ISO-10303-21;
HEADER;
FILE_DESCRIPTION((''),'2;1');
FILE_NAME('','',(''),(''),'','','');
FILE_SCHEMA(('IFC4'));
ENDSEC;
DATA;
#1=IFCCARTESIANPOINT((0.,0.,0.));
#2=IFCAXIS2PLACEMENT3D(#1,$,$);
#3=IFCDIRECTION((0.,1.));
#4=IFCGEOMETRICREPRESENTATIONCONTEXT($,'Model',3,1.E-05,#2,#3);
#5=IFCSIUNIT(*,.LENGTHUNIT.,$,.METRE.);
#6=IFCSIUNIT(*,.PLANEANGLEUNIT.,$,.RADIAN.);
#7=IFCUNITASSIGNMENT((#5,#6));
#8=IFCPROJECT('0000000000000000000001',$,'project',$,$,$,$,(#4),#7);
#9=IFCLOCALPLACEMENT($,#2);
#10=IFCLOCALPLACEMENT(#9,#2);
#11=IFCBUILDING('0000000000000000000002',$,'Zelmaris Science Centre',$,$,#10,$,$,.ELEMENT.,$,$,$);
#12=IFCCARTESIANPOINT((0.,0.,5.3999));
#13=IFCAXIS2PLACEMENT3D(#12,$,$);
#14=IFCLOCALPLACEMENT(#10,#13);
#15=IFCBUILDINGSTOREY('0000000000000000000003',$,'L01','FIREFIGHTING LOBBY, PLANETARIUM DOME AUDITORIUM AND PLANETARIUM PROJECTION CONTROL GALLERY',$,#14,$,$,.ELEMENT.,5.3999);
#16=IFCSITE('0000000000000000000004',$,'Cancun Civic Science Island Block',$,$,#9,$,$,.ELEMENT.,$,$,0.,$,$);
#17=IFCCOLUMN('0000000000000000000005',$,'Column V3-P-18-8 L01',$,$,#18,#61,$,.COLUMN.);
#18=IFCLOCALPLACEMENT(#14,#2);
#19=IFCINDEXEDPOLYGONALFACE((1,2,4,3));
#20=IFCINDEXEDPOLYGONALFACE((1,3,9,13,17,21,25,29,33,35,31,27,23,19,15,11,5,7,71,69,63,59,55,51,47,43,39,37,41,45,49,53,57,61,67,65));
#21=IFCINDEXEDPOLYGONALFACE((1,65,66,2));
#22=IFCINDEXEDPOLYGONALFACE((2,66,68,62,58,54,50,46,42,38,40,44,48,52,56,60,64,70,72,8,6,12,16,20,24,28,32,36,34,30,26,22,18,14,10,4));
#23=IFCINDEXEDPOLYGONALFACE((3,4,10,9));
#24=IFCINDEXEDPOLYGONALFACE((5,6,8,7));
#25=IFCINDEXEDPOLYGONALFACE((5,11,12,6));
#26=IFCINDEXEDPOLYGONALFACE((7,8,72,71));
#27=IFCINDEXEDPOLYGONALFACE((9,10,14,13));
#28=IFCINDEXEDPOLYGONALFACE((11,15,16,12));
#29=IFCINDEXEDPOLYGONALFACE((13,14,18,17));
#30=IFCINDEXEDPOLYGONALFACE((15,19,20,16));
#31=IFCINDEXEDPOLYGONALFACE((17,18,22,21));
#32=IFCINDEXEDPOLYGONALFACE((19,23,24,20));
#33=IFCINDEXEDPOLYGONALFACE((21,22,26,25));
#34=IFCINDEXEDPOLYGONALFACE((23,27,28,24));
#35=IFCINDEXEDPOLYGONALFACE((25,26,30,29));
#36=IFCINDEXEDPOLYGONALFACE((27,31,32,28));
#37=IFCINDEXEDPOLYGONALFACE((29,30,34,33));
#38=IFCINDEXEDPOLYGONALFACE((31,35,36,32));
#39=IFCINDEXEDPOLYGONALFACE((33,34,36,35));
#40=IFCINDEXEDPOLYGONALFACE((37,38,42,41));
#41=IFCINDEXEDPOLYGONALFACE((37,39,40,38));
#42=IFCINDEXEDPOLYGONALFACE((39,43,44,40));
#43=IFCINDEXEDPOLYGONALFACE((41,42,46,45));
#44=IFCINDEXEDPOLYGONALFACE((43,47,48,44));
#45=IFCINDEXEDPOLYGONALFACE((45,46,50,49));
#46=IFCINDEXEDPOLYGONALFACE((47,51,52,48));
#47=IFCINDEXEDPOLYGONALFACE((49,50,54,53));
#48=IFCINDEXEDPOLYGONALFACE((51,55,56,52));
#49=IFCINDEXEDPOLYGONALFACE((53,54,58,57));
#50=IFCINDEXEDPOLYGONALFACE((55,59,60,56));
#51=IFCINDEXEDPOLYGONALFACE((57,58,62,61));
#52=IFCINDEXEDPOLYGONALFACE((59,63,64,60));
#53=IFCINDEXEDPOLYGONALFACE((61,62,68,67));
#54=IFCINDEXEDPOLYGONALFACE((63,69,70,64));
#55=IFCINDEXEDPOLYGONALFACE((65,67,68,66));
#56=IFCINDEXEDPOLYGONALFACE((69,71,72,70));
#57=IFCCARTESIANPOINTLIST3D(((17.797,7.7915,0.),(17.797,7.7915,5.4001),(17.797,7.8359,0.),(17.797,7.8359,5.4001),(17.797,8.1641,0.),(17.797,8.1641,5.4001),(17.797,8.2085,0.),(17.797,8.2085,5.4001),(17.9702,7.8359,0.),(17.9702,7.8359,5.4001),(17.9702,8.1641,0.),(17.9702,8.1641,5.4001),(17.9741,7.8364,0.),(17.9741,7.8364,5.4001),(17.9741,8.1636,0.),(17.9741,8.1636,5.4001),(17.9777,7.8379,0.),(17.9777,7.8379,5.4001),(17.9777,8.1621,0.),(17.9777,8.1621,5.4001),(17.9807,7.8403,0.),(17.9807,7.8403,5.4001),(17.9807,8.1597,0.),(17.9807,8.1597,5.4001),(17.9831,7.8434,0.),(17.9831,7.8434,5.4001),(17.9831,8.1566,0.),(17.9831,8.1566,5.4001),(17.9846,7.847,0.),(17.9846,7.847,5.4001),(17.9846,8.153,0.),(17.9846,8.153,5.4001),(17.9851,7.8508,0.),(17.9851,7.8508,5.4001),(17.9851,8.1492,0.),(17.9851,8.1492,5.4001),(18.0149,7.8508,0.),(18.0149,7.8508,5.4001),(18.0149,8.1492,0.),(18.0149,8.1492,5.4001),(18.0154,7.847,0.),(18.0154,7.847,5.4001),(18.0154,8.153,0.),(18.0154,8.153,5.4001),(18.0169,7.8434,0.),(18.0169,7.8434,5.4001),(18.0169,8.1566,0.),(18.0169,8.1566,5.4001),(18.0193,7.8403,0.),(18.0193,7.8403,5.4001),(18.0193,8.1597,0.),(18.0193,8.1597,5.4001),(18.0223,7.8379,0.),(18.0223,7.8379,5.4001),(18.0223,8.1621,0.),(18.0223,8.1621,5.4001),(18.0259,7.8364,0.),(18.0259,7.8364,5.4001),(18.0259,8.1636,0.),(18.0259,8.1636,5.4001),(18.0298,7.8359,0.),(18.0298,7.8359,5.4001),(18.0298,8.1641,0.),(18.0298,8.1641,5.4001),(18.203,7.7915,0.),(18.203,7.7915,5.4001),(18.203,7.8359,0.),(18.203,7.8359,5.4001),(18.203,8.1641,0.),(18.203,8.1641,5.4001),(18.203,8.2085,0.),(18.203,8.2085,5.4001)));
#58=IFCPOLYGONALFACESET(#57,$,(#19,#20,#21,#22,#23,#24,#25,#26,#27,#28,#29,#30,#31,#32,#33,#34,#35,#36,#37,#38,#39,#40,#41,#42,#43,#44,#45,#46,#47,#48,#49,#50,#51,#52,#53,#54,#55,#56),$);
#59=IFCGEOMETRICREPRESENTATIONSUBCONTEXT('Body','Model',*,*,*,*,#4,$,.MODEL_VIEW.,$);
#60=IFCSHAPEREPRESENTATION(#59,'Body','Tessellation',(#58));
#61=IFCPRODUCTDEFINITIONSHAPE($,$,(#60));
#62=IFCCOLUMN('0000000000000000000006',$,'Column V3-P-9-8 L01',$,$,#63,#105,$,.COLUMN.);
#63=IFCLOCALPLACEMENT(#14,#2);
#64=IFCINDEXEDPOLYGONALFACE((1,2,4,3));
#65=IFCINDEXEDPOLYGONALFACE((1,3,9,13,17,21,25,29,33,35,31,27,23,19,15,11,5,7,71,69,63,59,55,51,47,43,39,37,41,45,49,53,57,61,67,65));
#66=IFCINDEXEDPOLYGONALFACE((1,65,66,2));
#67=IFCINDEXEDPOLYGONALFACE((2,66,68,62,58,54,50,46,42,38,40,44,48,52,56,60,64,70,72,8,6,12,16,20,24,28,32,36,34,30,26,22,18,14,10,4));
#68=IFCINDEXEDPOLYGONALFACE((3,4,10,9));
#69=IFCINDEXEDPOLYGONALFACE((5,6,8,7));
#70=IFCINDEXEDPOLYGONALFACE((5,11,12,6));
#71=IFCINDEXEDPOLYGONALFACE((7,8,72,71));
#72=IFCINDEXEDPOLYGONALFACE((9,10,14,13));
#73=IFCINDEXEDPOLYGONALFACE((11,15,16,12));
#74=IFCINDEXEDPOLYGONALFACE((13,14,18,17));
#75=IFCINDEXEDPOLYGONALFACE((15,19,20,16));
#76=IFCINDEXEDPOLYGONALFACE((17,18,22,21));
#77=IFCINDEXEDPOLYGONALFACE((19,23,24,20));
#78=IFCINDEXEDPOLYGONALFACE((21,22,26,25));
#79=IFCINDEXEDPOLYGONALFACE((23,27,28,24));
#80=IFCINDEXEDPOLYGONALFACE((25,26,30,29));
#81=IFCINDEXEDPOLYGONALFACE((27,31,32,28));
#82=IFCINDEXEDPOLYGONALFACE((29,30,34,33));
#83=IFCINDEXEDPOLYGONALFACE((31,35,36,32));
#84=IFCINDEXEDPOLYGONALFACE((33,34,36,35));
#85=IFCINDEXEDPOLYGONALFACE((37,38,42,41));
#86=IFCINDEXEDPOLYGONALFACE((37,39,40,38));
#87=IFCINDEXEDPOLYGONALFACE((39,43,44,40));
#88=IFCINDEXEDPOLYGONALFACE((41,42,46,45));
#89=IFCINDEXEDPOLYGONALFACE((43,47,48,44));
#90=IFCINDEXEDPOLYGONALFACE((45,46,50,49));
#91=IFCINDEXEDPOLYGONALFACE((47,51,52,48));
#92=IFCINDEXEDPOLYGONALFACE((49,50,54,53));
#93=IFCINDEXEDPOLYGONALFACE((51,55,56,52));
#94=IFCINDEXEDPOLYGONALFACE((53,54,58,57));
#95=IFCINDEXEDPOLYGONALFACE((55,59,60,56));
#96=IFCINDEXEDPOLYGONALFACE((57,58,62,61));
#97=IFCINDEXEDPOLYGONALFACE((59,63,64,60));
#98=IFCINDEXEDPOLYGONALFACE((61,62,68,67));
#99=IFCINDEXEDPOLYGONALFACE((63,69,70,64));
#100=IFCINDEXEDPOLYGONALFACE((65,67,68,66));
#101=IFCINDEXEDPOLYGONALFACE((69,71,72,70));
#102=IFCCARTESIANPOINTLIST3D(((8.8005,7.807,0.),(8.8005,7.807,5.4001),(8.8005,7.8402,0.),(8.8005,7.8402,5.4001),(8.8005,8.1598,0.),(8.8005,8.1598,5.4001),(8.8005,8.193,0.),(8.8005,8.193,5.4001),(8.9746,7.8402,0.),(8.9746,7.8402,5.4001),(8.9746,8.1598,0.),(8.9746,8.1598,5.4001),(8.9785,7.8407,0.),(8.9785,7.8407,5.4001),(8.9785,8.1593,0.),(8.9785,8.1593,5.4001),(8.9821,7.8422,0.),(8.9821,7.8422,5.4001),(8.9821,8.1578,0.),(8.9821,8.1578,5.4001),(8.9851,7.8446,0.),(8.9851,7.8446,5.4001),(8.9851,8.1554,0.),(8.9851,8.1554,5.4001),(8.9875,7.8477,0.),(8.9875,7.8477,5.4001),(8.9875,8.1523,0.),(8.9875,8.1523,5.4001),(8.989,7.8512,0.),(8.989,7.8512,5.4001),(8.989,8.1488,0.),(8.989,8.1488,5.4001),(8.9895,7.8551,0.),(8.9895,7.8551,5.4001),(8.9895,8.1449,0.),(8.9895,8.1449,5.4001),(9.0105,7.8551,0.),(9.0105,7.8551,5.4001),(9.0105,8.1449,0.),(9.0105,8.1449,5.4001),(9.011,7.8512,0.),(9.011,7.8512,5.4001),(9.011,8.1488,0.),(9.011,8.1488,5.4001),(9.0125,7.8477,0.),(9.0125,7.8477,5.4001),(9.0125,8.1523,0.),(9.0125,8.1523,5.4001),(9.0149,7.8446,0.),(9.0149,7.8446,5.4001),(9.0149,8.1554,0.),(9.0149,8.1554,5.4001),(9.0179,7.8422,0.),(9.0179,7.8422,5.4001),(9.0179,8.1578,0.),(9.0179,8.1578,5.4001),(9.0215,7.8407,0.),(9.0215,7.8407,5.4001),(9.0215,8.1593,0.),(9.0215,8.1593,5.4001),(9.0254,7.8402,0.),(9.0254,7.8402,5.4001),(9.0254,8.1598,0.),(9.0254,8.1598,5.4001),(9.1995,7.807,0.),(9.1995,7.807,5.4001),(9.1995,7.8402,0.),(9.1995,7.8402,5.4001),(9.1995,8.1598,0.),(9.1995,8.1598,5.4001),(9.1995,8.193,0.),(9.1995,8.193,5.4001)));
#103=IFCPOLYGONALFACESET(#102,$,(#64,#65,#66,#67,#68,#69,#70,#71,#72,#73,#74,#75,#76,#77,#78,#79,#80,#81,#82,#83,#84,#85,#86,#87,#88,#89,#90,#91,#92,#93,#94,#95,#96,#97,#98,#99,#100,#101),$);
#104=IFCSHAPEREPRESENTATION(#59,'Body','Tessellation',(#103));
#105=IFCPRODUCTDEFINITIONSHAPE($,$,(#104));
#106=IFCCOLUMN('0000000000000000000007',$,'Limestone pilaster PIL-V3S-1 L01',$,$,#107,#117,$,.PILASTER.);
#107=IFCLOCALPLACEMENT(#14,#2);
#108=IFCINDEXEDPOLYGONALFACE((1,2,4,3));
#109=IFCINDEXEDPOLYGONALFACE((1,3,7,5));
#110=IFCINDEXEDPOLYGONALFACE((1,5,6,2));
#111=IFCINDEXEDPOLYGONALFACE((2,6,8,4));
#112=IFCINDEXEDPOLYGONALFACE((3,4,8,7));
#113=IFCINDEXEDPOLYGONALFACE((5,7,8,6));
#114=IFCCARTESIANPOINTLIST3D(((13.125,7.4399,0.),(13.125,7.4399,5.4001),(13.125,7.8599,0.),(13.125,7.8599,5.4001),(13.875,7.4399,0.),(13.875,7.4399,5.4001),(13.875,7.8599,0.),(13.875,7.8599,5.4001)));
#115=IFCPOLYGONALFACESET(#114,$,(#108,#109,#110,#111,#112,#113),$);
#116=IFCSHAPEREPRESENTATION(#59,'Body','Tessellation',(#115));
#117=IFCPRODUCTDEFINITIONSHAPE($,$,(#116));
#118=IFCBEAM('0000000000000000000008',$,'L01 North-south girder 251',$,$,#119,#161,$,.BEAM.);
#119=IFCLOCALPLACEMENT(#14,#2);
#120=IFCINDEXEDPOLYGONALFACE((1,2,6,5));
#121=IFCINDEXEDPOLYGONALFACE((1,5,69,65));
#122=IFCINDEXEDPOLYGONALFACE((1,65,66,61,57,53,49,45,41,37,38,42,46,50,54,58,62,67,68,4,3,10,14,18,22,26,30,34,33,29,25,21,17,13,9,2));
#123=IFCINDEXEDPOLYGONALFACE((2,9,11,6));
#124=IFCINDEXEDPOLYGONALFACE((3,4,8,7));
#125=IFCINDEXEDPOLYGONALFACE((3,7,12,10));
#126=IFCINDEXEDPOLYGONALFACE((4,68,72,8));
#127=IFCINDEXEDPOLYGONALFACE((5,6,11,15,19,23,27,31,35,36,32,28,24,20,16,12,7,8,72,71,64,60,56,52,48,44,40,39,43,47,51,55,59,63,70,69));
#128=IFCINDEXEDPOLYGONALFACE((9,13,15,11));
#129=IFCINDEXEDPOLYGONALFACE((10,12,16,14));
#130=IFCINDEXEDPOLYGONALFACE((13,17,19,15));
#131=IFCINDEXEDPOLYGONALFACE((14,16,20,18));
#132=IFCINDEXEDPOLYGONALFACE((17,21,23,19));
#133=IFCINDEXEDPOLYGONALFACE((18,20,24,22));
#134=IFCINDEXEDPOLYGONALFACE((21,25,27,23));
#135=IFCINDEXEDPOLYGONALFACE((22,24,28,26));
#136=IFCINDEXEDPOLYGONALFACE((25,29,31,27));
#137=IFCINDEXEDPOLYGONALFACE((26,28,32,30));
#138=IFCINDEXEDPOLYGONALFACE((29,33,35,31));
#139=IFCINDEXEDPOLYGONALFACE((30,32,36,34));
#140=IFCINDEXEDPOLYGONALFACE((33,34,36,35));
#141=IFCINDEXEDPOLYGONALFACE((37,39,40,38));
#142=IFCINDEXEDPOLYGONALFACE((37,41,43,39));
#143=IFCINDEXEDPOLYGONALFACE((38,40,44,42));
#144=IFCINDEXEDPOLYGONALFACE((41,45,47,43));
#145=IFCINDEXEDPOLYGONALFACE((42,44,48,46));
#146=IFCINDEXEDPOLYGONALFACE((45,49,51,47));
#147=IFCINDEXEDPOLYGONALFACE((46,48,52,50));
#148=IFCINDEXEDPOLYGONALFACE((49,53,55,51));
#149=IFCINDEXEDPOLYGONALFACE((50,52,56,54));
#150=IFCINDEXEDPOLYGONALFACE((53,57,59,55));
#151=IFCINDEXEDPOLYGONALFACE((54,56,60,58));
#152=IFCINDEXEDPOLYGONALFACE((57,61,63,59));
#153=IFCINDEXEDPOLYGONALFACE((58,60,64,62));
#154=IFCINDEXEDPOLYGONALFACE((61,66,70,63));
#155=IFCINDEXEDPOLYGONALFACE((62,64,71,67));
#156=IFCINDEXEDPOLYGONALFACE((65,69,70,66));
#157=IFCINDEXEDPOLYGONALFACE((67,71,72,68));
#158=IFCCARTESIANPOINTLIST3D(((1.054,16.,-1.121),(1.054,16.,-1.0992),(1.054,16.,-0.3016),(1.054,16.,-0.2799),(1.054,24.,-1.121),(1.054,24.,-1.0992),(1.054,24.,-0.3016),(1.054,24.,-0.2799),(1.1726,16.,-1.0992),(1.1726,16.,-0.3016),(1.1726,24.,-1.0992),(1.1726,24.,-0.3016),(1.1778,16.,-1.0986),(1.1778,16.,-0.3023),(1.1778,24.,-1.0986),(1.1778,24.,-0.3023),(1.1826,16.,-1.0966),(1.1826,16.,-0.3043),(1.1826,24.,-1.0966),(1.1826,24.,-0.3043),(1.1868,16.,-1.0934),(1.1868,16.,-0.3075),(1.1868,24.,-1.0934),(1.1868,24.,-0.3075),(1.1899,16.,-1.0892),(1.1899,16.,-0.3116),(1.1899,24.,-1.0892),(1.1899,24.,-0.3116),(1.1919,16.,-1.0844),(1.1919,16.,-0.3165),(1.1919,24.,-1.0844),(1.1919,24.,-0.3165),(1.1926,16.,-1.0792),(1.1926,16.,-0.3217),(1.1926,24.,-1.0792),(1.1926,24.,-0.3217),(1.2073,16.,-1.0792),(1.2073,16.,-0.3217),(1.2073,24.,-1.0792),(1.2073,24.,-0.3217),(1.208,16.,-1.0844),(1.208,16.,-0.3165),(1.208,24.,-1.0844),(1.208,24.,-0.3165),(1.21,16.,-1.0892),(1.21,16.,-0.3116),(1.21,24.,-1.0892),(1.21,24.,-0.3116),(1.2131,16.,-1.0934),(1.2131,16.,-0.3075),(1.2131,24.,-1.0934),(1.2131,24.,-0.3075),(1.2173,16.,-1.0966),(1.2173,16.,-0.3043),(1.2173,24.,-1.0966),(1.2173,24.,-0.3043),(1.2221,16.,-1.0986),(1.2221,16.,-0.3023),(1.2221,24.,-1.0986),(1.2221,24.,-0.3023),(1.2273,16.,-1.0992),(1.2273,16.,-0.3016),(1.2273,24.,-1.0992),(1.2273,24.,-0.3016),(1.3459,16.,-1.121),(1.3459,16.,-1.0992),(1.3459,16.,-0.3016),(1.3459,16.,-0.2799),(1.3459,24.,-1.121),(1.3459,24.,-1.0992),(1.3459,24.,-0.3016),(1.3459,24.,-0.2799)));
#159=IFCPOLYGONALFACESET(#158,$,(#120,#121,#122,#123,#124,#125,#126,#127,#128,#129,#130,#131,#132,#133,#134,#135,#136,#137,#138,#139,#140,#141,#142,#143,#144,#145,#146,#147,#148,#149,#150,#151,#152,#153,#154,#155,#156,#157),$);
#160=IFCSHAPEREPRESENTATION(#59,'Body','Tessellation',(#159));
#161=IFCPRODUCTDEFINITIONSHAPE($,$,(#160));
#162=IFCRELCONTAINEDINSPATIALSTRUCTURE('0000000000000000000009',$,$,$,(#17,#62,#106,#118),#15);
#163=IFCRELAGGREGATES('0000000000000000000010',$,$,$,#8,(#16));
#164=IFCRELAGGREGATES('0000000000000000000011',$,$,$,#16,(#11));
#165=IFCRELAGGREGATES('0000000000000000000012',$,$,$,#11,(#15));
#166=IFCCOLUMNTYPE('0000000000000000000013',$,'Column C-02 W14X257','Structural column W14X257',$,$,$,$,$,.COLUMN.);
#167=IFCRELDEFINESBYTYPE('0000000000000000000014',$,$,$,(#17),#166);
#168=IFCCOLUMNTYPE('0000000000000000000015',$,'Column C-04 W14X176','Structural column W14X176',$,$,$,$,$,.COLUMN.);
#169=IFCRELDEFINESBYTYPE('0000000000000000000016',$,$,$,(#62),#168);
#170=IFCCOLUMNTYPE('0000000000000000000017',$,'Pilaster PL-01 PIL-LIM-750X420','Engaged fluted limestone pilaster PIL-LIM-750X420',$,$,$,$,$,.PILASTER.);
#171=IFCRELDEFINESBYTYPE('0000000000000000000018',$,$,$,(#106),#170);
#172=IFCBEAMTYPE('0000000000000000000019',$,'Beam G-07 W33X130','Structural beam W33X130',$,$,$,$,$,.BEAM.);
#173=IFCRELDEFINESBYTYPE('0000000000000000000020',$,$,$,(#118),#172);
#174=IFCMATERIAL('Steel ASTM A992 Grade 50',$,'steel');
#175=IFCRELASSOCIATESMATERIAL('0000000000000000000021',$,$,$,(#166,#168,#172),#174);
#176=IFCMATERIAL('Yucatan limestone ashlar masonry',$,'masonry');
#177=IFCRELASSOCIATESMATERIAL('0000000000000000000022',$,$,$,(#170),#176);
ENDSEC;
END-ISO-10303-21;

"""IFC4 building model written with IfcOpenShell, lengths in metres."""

from ifc_helpers import new_model, si_unit, direction, frame, origin, origin_2d, place, context, subcontext, project, spatial, rectangle, i_section, extrude, material, material_profile, profile_set, type_object, element, save


model = new_model("IFC4")

# Units and contexts
model_context = context("Model", 3, precision=1e-05, world=origin(), true_north=direction((0.0, 1.0)))
body_context = subcontext(model_context, "Body", "Model", "MODEL_VIEW")
ifc_project = project(units=[si_unit("LENGTHUNIT", "METRE"), si_unit("PLANEANGLEUNIT", "RADIAN")], contexts=[model_context])

# Site, building, storey
site_placement = place(None, origin())
site = spatial("IfcSite", under=ifc_project, at=site_placement, Name="Cancun Civic Science Island Block", CompositionType="ELEMENT", RefElevation=0.0)
building_placement = place(site_placement, origin())
building = spatial("IfcBuilding", under=site, at=building_placement, Name="Zelmaris Science Centre", CompositionType="ELEMENT")
storey_placement = place(building_placement, frame((0.0, 0.0, 5.3999)))
storey = spatial("IfcBuildingStorey", under=building, at=storey_placement, Name="L01", Description="FIREFIGHTING LOBBY, PLANETARIUM DOME AUDITORIUM AND PLANETARIUM PROJECTION CONTROL GALLERY", CompositionType="ELEMENT", Elevation=5.3999)

# Columns
ifc_material_1 = material(Name="Steel ASTM A992 Grade 50", Category="steel")
ifc_material_profile_1 = material_profile(ifc_material_1, i_section(OverallWidth=0.406, OverallDepth=0.417, WebThickness=0.0298, FlangeThickness=0.0444, FilletRadius=0.0149, at=origin_2d()), Name="W14X257")
ifc_profile_set_1 = profile_set([ifc_material_profile_1], Name="Steel ASTM A992 Grade 50")
column_type_1 = type_object("IfcColumnType", Name="Column C-02 W14X257", Description="Structural column W14X257", PredefinedType="COLUMN", material=ifc_profile_set_1)
column_1_placement = place(storey_placement, frame((18.0, 8.0, 0.0), z_axis=(0.0, 0.0, 1.0), x_axis=(1.0, 0.0, 0.0)))
element("IfcColumn", 1, at=column_1_placement, inside=storey, type_object=column_type_1, Name="Column V3-P-18-8 L01", PredefinedType="COLUMN", context=body_context, shape_type="SweptSolid", body=[
    extrude(i_section(OverallWidth=0.406, OverallDepth=0.417, WebThickness=0.0298, FlangeThickness=0.0444, FilletRadius=0.0149, at=origin_2d()), origin(), (0.0, 0.0, 1.0), 5.4001),
])
ifc_material_profile_2 = material_profile(ifc_material_1, i_section(OverallWidth=0.3989, OverallDepth=0.386, WebThickness=0.021, FlangeThickness=0.0332, FilletRadius=0.0149, at=origin_2d()), Name="W14X176")
ifc_profile_set_2 = profile_set([ifc_material_profile_2], Name="Steel ASTM A992 Grade 50")
column_type_2 = type_object("IfcColumnType", Name="Column C-04 W14X176", Description="Structural column W14X176", PredefinedType="COLUMN", material=ifc_profile_set_2)
column_2_placement = place(storey_placement, frame((9.0, 8.0, 0.0), z_axis=(0.0, 0.0, 1.0), x_axis=(1.0, 0.0, 0.0)))
element("IfcColumn", 2, at=column_2_placement, inside=storey, type_object=column_type_2, Name="Column V3-P-9-8 L01", PredefinedType="COLUMN", context=body_context, shape_type="SweptSolid", body=[
    extrude(i_section(OverallWidth=0.3989, OverallDepth=0.386, WebThickness=0.021, FlangeThickness=0.0332, FilletRadius=0.0149, at=origin_2d()), origin(), (0.0, 0.0, 1.0), 5.4001),
])
ifc_material_2 = material(Name="Yucatan limestone ashlar masonry", Category="masonry")
ifc_material_profile_3 = material_profile(ifc_material_2, rectangle(XDim=0.75, YDim=0.4199, at=origin_2d()), Name="PIL-LIM-750X420")
ifc_profile_set_3 = profile_set([ifc_material_profile_3], Name="Yucatan limestone ashlar masonry")
column_type_3 = type_object("IfcColumnType", Name="Pilaster PL-01 PIL-LIM-750X420", Description="Engaged fluted limestone pilaster PIL-LIM-750X420", PredefinedType="PILASTER", material=ifc_profile_set_3)
column_3_placement = place(storey_placement, frame((13.5, 7.6499, 0.0), z_axis=(0.0, 0.0, 1.0), x_axis=(1.0, 0.0, 0.0)))
element("IfcColumn", 3, at=column_3_placement, inside=storey, type_object=column_type_3, Name="Limestone pilaster PIL-V3S-1 L01", PredefinedType="PILASTER", context=body_context, shape_type="SweptSolid", body=[
    extrude(rectangle(XDim=0.75, YDim=0.4199, at=origin_2d()), origin(), (0.0, 0.0, 1.0), 5.4001),
])

# Beam
ifc_material_profile_4 = material_profile(ifc_material_1, i_section(OverallWidth=0.292, OverallDepth=0.8411, WebThickness=0.0146, FlangeThickness=0.0217, FilletRadius=0.02, at=origin_2d()), Name="W33X130")
ifc_profile_set_4 = profile_set([ifc_material_profile_4], Name="Steel ASTM A992 Grade 50")
beam_type_1 = type_object("IfcBeamType", Name="Beam G-07 W33X130", Description="Structural beam W33X130", PredefinedType="BEAM", material=ifc_profile_set_4)
beam_1_placement = place(storey_placement, frame((1.2, 16.0, -0.7004), z_axis=(0.0, 1.0, 0.0), x_axis=(-1.0, 0.0, 0.0)))
element("IfcBeam", 4, at=beam_1_placement, inside=storey, type_object=beam_type_1, Name="L01 North-south girder 251", PredefinedType="BEAM", context=body_context, shape_type="SweptSolid", body=[
    extrude(i_section(OverallWidth=0.292, OverallDepth=0.8411, WebThickness=0.0146, FlangeThickness=0.0217, FilletRadius=0.02, at=origin_2d()), origin(), (0.0, 0.0, 1.0), 8.0),
])

save(model, "model.ifc")
